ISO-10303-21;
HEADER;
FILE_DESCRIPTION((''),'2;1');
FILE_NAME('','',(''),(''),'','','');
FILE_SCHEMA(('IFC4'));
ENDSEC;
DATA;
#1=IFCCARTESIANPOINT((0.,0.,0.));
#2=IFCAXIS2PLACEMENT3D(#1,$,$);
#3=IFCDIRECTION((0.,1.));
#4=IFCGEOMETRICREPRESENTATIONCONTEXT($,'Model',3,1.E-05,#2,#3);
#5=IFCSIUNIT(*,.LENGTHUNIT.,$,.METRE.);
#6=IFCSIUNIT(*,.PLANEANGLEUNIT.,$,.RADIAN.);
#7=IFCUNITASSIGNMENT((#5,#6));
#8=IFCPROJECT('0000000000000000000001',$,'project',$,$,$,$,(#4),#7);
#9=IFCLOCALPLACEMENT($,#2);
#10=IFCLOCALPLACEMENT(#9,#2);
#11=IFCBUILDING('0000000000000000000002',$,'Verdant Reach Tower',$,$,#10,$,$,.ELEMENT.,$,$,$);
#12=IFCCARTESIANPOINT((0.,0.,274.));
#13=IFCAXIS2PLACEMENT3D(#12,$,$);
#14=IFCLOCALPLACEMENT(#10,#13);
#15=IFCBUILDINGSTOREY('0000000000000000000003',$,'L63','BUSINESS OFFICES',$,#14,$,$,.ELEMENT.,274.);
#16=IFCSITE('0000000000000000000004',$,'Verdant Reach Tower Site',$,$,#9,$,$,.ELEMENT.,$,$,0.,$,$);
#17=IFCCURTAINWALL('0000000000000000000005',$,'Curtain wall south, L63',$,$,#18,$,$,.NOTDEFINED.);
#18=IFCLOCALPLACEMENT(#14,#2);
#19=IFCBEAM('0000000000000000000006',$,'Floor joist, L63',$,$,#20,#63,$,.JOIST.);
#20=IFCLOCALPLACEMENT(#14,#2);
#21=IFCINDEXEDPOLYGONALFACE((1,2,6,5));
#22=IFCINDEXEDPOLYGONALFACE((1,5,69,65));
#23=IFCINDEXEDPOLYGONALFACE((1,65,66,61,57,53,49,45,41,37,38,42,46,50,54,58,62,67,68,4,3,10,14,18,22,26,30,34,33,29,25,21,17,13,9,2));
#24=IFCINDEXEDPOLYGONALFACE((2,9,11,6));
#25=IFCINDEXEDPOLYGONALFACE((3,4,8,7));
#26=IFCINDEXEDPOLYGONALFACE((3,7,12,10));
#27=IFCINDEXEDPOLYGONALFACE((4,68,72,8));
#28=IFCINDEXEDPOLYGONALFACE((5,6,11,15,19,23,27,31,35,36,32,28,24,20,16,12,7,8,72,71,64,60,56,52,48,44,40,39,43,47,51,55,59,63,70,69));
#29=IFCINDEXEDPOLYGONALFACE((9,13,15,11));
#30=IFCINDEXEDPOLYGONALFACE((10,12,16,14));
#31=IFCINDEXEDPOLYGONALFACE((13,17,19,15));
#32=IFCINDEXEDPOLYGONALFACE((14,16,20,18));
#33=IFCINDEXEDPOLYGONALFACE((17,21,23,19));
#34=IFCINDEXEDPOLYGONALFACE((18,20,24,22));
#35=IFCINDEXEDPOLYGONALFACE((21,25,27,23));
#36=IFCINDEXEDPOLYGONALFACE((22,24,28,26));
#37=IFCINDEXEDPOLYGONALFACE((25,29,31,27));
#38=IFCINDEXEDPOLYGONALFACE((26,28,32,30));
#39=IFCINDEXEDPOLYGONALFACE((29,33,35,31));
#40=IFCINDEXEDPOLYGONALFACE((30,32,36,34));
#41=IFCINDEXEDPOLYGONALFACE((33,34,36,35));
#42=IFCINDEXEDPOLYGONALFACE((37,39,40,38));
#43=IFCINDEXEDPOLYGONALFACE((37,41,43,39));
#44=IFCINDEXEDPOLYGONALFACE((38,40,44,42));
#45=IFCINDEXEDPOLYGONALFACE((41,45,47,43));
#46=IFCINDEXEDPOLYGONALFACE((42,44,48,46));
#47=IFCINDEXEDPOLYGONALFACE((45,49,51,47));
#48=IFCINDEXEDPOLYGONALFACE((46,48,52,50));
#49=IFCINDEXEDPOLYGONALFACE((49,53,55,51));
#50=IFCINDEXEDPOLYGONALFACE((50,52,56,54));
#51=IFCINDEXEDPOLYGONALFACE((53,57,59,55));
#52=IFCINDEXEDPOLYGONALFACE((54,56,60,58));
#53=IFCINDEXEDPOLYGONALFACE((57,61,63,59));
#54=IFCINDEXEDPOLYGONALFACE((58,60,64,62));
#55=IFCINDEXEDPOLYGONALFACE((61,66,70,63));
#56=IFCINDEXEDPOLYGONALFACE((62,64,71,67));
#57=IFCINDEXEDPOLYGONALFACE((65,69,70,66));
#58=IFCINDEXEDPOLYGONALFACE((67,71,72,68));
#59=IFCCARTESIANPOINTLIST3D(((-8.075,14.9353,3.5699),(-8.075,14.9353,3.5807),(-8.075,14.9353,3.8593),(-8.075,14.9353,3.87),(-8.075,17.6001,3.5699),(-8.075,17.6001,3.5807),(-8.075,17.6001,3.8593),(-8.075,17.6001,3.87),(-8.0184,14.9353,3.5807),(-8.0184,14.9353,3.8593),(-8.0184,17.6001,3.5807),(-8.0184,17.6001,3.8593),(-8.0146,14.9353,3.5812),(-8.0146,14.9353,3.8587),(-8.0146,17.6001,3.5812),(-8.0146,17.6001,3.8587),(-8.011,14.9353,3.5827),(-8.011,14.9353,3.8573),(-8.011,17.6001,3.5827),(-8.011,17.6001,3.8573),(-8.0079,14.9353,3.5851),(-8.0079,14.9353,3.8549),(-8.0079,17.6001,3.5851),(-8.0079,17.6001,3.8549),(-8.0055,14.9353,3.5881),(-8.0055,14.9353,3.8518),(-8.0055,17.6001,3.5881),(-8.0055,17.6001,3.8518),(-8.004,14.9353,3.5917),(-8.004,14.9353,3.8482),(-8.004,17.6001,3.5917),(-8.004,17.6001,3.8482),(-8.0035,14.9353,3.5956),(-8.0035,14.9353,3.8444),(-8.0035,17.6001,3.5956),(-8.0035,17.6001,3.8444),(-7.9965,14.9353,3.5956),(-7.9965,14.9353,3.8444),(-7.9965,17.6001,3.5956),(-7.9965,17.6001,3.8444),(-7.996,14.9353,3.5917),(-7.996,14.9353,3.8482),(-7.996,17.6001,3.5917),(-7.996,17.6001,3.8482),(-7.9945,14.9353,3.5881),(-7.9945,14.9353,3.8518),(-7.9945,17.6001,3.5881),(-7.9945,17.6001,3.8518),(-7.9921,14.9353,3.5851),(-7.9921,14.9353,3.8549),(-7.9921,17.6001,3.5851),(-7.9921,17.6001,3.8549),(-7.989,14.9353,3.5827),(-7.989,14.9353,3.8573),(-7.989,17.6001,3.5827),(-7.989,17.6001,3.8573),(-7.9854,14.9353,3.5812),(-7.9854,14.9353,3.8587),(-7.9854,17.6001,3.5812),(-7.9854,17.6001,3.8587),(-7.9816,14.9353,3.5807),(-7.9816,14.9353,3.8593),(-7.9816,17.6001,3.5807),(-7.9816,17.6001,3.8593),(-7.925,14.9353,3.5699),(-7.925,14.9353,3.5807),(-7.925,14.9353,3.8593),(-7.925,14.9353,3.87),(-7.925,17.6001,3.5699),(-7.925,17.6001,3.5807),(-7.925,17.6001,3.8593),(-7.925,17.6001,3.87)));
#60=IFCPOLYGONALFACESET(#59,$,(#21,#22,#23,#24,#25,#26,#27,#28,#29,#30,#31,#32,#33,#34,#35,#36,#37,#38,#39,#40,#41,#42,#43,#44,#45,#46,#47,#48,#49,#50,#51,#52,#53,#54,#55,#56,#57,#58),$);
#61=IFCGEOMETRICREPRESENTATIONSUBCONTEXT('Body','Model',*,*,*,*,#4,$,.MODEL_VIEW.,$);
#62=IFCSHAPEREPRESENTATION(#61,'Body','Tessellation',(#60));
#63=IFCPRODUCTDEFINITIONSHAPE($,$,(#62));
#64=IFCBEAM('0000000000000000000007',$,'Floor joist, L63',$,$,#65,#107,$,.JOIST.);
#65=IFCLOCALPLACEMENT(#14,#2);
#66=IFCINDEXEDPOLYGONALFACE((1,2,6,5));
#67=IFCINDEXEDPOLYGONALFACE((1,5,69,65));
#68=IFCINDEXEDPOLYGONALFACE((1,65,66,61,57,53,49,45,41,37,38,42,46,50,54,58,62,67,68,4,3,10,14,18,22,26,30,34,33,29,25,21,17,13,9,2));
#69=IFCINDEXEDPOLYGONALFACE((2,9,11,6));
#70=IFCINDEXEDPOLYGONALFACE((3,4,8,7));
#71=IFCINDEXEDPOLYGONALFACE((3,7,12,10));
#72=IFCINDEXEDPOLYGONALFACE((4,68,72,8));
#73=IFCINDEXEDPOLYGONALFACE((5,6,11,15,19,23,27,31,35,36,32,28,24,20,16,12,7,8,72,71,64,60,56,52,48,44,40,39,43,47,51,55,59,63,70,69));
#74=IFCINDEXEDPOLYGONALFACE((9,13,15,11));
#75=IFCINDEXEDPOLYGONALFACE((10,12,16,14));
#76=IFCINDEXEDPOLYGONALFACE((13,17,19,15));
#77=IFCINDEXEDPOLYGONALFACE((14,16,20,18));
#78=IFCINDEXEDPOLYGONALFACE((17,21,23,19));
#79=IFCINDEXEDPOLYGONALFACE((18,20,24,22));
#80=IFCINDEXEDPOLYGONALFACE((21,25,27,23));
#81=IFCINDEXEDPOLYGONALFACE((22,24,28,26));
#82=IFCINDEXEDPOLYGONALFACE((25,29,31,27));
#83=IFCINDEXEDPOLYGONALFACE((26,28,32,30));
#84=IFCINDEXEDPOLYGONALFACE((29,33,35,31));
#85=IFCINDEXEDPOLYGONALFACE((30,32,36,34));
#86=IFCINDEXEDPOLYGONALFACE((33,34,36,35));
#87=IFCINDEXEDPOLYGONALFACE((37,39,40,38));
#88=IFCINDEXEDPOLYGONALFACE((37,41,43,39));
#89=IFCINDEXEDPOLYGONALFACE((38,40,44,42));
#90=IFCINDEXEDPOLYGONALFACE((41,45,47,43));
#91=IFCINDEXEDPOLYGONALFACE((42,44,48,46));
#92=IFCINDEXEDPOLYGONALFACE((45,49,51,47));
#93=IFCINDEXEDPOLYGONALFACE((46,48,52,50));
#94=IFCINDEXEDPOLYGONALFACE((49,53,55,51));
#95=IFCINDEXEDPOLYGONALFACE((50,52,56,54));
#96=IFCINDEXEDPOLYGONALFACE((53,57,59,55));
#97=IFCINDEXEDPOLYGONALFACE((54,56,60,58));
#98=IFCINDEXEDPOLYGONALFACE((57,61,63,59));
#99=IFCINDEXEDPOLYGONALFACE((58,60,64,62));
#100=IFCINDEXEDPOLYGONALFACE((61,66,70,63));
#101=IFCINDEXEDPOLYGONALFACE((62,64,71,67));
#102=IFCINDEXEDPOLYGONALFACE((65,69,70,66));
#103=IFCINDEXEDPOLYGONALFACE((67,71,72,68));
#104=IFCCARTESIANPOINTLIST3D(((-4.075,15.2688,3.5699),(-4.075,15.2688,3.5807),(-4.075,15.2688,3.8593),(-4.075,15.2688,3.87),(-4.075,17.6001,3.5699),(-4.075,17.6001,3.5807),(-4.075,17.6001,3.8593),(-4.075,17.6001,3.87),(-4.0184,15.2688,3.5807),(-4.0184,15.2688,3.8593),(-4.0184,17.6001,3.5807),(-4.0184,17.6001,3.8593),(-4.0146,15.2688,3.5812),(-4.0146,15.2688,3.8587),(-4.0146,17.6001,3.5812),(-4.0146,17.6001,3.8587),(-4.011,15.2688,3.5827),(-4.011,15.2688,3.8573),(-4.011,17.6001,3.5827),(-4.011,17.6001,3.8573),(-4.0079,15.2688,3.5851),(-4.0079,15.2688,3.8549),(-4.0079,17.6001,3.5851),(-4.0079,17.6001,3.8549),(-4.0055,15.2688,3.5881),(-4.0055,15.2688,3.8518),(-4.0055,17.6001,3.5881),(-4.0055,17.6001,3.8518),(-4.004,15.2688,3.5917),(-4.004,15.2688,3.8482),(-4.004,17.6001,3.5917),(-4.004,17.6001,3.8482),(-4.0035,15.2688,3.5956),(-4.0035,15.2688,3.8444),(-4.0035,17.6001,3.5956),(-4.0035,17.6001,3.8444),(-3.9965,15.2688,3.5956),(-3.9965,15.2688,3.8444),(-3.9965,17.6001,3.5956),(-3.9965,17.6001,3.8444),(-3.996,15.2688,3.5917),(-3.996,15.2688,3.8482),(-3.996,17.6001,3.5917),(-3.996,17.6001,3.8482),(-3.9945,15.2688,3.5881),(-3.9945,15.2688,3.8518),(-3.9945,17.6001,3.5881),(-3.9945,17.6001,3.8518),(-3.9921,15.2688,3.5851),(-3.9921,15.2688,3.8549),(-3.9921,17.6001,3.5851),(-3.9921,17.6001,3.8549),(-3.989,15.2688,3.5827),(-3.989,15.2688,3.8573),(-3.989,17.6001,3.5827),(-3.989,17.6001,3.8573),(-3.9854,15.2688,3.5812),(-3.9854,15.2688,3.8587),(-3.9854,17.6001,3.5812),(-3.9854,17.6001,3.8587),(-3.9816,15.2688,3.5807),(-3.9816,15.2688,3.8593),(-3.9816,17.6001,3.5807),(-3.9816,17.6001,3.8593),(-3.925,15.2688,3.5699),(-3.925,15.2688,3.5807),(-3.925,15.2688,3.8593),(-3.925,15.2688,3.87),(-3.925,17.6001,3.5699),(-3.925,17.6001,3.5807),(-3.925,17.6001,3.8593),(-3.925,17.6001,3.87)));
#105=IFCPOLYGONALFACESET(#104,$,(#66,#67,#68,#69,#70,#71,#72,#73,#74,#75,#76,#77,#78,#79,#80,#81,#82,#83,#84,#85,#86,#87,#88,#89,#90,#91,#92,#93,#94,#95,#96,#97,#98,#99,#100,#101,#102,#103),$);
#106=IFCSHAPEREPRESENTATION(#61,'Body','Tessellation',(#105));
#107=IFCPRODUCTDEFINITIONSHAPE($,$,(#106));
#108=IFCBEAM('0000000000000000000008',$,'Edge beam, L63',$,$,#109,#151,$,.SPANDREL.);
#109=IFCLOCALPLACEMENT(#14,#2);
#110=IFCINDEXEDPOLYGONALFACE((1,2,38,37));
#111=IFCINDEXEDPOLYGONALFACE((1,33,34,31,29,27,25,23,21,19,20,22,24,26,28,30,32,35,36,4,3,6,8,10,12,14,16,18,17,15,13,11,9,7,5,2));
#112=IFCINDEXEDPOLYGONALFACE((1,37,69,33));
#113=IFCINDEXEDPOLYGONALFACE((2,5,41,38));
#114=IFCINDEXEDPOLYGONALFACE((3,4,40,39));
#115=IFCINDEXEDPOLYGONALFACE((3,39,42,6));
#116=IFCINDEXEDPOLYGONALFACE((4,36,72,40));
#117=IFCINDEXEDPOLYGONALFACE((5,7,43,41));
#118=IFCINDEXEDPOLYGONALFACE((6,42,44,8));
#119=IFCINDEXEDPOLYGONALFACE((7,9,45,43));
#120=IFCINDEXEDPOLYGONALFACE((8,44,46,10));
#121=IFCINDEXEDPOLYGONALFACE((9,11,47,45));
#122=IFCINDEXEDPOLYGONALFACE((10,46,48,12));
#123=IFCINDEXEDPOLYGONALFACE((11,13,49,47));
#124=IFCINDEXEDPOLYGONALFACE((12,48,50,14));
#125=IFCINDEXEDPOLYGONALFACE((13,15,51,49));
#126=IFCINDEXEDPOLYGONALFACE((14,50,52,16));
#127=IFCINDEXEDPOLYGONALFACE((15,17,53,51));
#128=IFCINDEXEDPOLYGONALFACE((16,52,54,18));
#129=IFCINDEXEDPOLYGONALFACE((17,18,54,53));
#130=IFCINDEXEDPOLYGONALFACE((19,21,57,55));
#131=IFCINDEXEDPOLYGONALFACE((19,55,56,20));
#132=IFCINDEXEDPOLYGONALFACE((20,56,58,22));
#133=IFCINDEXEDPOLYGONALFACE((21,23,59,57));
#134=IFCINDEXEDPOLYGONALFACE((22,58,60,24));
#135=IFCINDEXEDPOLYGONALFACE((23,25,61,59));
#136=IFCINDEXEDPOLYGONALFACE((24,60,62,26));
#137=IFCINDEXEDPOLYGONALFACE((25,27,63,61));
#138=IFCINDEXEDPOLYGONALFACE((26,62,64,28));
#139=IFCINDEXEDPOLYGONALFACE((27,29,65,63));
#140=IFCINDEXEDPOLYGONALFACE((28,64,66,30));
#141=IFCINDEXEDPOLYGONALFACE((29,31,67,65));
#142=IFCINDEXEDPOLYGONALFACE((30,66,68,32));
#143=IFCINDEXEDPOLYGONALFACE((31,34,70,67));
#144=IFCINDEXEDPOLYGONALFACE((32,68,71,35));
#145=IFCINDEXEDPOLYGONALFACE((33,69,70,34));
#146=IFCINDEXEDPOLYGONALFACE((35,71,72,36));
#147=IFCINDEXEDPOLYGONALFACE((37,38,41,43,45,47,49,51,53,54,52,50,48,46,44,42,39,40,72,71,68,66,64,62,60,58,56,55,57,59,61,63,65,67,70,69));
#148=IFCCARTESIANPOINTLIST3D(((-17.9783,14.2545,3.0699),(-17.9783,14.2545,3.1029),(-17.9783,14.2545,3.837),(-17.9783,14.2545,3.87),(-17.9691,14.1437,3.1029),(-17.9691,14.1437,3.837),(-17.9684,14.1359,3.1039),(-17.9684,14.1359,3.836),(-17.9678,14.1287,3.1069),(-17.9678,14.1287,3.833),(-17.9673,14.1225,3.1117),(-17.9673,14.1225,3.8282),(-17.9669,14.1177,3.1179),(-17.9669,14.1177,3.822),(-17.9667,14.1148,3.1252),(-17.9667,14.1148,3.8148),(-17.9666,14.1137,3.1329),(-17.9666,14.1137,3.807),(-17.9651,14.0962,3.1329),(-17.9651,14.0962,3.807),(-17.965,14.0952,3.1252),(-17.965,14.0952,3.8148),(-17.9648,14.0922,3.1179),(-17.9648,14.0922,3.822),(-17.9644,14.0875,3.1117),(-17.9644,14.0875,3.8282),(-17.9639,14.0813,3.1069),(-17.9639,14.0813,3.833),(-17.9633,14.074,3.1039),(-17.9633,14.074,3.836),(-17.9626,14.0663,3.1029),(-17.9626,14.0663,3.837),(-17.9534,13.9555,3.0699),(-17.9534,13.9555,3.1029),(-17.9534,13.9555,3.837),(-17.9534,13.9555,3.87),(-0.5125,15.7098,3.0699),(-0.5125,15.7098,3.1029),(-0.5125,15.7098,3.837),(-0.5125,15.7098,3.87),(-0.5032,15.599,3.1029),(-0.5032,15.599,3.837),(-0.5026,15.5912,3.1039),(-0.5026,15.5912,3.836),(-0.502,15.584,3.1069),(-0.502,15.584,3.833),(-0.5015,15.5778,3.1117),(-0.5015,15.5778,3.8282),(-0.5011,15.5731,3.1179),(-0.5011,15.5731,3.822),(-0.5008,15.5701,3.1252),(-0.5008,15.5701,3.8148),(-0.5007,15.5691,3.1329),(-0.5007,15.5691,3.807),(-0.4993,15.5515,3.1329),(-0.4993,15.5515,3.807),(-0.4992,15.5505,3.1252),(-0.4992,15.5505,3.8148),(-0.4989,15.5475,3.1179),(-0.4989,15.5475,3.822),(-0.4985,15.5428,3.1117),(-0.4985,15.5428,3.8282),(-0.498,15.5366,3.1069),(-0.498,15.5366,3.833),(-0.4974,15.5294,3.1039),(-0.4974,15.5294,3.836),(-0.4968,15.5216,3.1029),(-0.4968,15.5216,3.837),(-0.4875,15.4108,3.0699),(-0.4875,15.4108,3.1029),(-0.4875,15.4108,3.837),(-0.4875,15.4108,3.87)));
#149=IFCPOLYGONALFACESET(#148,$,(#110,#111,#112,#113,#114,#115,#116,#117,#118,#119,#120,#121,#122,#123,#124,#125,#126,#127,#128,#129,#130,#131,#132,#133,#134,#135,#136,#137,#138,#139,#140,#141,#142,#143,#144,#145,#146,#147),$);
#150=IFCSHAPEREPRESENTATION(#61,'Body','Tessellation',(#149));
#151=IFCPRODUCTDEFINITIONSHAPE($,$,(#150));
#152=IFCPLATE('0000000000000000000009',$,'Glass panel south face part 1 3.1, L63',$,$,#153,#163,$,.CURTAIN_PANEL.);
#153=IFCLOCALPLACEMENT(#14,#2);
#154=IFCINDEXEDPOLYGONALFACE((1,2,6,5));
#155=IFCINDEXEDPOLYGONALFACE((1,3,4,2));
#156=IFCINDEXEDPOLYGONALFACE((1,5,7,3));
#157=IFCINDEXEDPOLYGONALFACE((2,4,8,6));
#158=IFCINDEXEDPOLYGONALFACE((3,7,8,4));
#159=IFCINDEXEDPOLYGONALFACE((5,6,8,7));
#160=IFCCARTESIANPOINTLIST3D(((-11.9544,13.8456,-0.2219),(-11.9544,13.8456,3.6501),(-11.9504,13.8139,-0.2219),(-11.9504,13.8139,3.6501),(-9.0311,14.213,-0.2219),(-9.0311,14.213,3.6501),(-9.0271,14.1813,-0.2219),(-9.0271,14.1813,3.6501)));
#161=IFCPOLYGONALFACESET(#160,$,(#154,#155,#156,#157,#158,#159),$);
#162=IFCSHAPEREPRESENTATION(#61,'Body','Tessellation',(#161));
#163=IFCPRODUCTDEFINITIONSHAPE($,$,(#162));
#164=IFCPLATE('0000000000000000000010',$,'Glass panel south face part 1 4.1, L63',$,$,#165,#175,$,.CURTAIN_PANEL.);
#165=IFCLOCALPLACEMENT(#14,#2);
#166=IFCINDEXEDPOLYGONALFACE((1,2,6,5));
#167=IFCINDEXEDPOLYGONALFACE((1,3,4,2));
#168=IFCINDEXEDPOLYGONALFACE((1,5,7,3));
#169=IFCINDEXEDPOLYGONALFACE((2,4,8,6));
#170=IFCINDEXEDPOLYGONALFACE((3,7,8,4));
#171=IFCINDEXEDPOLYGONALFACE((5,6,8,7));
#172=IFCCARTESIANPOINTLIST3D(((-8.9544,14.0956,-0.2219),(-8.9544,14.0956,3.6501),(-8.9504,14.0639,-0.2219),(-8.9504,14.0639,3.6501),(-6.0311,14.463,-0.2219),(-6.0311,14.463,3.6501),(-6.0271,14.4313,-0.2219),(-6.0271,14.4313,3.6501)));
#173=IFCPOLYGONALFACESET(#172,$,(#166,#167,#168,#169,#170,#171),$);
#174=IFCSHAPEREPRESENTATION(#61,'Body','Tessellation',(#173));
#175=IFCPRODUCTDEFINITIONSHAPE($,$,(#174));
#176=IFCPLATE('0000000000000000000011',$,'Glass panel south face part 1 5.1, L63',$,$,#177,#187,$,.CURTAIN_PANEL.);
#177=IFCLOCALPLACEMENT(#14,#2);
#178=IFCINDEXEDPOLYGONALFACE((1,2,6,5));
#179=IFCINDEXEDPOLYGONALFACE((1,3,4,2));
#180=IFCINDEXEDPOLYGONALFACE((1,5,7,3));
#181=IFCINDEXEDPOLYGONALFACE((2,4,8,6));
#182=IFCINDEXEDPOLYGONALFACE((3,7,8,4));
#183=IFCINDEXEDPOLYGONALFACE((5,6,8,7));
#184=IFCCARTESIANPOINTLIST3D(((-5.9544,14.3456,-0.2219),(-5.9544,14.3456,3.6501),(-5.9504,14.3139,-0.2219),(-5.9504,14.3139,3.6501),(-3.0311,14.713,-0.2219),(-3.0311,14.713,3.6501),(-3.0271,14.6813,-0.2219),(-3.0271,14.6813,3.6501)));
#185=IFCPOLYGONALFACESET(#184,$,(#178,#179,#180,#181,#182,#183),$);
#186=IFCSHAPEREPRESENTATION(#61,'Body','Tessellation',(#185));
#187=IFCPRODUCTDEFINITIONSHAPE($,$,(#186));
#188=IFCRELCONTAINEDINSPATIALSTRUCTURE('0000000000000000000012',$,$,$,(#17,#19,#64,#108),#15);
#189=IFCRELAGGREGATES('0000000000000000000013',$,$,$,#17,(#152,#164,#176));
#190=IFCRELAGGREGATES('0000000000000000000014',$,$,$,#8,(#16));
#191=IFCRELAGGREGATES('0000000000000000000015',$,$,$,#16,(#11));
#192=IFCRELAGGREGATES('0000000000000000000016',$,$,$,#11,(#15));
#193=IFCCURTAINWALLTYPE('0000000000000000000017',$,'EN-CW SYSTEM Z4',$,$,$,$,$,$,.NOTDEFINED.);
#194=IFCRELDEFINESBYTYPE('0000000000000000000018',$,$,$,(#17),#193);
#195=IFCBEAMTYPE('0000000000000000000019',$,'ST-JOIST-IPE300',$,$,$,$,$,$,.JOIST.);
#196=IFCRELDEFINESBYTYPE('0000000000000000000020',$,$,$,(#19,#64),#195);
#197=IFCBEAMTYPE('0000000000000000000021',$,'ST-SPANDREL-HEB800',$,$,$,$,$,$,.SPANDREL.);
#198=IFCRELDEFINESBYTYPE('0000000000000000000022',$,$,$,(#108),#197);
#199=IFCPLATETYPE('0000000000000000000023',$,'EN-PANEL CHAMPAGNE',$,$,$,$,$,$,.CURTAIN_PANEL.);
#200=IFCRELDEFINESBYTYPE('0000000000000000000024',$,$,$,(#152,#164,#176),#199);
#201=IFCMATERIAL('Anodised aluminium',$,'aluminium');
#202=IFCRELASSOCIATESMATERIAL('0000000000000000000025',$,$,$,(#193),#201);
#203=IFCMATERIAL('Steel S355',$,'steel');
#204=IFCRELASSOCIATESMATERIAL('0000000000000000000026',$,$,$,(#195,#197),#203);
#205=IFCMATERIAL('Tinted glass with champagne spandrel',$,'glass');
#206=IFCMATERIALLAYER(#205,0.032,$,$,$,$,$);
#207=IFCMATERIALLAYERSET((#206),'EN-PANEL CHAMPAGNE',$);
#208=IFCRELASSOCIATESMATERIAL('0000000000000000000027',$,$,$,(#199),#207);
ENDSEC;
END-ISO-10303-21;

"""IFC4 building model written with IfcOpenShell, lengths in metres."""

from ifc_helpers import new_model, si_unit, direction, frame, origin, origin_2d, place, context, subcontext, project, spatial, rectangle, i_section, extrude, material, layer, layer_set, material_profile, profile_set, type_object, element, aggregate, save


model = new_model("IFC4")

# Units and contexts
model_context = context("Model", 3, precision=1e-05, world=origin(), true_north=direction((0.0, 1.0)))
body_context = subcontext(model_context, "Body", "Model", "MODEL_VIEW")
ifc_project = project(units=[si_unit("LENGTHUNIT", "METRE"), si_unit("PLANEANGLEUNIT", "RADIAN")], contexts=[model_context])

# Site, building, storey
site_placement = place(None, origin())
site = spatial("IfcSite", under=ifc_project, at=site_placement, Name="Verdant Reach Tower Site", CompositionType="ELEMENT", RefElevation=0.0)
building_placement = place(site_placement, origin())
building = spatial("IfcBuilding", under=site, at=building_placement, Name="Verdant Reach Tower", CompositionType="ELEMENT")
storey_placement = place(building_placement, frame((0.0, 0.0, 274.0)))
storey = spatial("IfcBuildingStorey", under=building, at=storey_placement, Name="L63", Description="BUSINESS OFFICES", CompositionType="ELEMENT", Elevation=274.0)

# Curtain wall
ifc_material_1 = material(Name="Anodised aluminium", Category="aluminium")
curtain_wall_type = type_object("IfcCurtainWallType", Name="EN-CW SYSTEM Z4", PredefinedType="NOTDEFINED", material=ifc_material_1)
curtain_wall_placement = place(storey_placement, origin())
curtain_wall = element("IfcCurtainWall", 1, at=curtain_wall_placement, inside=storey, type_object=curtain_wall_type, Name="Curtain wall south, L63", PredefinedType="NOTDEFINED")

# Beams
ifc_material_2 = material(Name="Steel S355", Category="steel")
ifc_material_profile_1 = material_profile(ifc_material_2, i_section(OverallWidth=0.1499, OverallDepth=0.3, WebThickness=0.0071, FlangeThickness=0.0107, FilletRadius=0.0149, at=origin_2d()), Name="IPE 300")
ifc_profile_set_1 = profile_set([ifc_material_profile_1], Name="Steel S355")
beam_type_1 = type_object("IfcBeamType", Name="ST-JOIST-IPE300", PredefinedType="JOIST", material=ifc_profile_set_1)
beam_1_placement = place(storey_placement, frame((-8.0, 17.6001, 3.72), z_axis=(0.0, -1.0, 0.0), x_axis=(1.0, 0.0, 0.0)))
element("IfcBeam", 2, at=beam_1_placement, inside=storey, type_object=beam_type_1, Name="Floor joist, L63", PredefinedType="JOIST", context=body_context, shape_type="SweptSolid", body=[
    extrude(i_section(OverallWidth=0.1499, OverallDepth=0.3, WebThickness=0.0071, FlangeThickness=0.0107, FilletRadius=0.0149, at=origin_2d()), origin(), (0.0, 0.0, 1.0), 2.6648),
])
beam_2_placement = place(storey_placement, frame((-4.0, 17.6001, 3.72), z_axis=(0.0, -1.0, 0.0), x_axis=(1.0, 0.0, 0.0)))
element("IfcBeam", 3, at=beam_2_placement, inside=storey, type_object=beam_type_1, Name="Floor joist, L63", PredefinedType="JOIST", context=body_context, shape_type="SweptSolid", body=[
    extrude(i_section(OverallWidth=0.1499, OverallDepth=0.3, WebThickness=0.0071, FlangeThickness=0.0107, FilletRadius=0.0149, at=origin_2d()), origin(), (0.0, 0.0, 1.0), 2.3313),
])
ifc_material_profile_2 = material_profile(ifc_material_2, i_section(OverallWidth=0.3, OverallDepth=0.8, WebThickness=0.0176, FlangeThickness=0.033, FilletRadius=0.03, at=origin_2d()), Name="HEB 800")
ifc_profile_set_2 = profile_set([ifc_material_profile_2], Name="Steel S355")
beam_type_2 = type_object("IfcBeamType", Name="ST-SPANDREL-HEB800", PredefinedType="SPANDREL", material=ifc_profile_set_2)
beam_3_placement = place(storey_placement, frame((-0.5, 15.5603, 3.47), z_axis=(-0.996547, -0.083036, 0.0), x_axis=(0.083036, -0.996547, 0.0)))
element("IfcBeam", 4, at=beam_3_placement, inside=storey, type_object=beam_type_2, Name="Edge beam, L63", PredefinedType="SPANDREL", context=body_context, shape_type="SweptSolid", body=[
    extrude(i_section(OverallWidth=0.3, OverallDepth=0.8, WebThickness=0.0176, FlangeThickness=0.033, FilletRadius=0.03, at=origin_2d()), origin(), (0.0, 0.0, 1.0), 17.5264),
])

# Plates
ifc_material_3 = material(Name="Tinted glass with champagne spandrel", Category="glass")
ifc_layer_1 = layer(ifc_material_3, 0.032)
ifc_layer_set_1 = layer_set([ifc_layer_1], Name="EN-PANEL CHAMPAGNE")
plate_type_1 = type_object("IfcPlateType", Name="EN-PANEL CHAMPAGNE", PredefinedType="CURTAIN_PANEL", material=ifc_layer_set_1)
plate_1_placement = place(storey_placement, frame((-10.4907, 14.0134, -0.2219), z_axis=(0.0, 0.0, 1.0), x_axis=(0.992194, 0.124704, 0.0)))
plate_1 = element("IfcPlate", 5, at=plate_1_placement, type_object=plate_type_1, Name="Glass panel south face part 1 3.1, L63", PredefinedType="CURTAIN_PANEL", context=body_context, shape_type="SweptSolid", body=[
    extrude(rectangle(XDim=2.9463, YDim=0.032, at=origin_2d()), origin(), (0.0, 0.0, 1.0), 3.8721),
])
plate_2_placement = place(storey_placement, frame((-7.4907, 14.2634, -0.2219), z_axis=(0.0, 0.0, 1.0), x_axis=(0.992194, 0.124704, 0.0)))
plate_2 = element("IfcPlate", 6, at=plate_2_placement, type_object=plate_type_1, Name="Glass panel south face part 1 4.1, L63", PredefinedType="CURTAIN_PANEL", context=body_context, shape_type="SweptSolid", body=[
    extrude(rectangle(XDim=2.9463, YDim=0.032, at=origin_2d()), origin(), (0.0, 0.0, 1.0), 3.8721),
])
plate_3_placement = place(storey_placement, frame((-4.4907, 14.5134, -0.2219), z_axis=(0.0, 0.0, 1.0), x_axis=(0.992194, 0.124704, 0.0)))
plate_3 = element("IfcPlate", 7, at=plate_3_placement, type_object=plate_type_1, Name="Glass panel south face part 1 5.1, L63", PredefinedType="CURTAIN_PANEL", context=body_context, shape_type="SweptSolid", body=[
    extrude(rectangle(XDim=2.9463, YDim=0.032, at=origin_2d()), origin(), (0.0, 0.0, 1.0), 3.8721),
])
aggregate(curtain_wall, [plate_1, plate_2, plate_3])

save(model, "model.ifc")
